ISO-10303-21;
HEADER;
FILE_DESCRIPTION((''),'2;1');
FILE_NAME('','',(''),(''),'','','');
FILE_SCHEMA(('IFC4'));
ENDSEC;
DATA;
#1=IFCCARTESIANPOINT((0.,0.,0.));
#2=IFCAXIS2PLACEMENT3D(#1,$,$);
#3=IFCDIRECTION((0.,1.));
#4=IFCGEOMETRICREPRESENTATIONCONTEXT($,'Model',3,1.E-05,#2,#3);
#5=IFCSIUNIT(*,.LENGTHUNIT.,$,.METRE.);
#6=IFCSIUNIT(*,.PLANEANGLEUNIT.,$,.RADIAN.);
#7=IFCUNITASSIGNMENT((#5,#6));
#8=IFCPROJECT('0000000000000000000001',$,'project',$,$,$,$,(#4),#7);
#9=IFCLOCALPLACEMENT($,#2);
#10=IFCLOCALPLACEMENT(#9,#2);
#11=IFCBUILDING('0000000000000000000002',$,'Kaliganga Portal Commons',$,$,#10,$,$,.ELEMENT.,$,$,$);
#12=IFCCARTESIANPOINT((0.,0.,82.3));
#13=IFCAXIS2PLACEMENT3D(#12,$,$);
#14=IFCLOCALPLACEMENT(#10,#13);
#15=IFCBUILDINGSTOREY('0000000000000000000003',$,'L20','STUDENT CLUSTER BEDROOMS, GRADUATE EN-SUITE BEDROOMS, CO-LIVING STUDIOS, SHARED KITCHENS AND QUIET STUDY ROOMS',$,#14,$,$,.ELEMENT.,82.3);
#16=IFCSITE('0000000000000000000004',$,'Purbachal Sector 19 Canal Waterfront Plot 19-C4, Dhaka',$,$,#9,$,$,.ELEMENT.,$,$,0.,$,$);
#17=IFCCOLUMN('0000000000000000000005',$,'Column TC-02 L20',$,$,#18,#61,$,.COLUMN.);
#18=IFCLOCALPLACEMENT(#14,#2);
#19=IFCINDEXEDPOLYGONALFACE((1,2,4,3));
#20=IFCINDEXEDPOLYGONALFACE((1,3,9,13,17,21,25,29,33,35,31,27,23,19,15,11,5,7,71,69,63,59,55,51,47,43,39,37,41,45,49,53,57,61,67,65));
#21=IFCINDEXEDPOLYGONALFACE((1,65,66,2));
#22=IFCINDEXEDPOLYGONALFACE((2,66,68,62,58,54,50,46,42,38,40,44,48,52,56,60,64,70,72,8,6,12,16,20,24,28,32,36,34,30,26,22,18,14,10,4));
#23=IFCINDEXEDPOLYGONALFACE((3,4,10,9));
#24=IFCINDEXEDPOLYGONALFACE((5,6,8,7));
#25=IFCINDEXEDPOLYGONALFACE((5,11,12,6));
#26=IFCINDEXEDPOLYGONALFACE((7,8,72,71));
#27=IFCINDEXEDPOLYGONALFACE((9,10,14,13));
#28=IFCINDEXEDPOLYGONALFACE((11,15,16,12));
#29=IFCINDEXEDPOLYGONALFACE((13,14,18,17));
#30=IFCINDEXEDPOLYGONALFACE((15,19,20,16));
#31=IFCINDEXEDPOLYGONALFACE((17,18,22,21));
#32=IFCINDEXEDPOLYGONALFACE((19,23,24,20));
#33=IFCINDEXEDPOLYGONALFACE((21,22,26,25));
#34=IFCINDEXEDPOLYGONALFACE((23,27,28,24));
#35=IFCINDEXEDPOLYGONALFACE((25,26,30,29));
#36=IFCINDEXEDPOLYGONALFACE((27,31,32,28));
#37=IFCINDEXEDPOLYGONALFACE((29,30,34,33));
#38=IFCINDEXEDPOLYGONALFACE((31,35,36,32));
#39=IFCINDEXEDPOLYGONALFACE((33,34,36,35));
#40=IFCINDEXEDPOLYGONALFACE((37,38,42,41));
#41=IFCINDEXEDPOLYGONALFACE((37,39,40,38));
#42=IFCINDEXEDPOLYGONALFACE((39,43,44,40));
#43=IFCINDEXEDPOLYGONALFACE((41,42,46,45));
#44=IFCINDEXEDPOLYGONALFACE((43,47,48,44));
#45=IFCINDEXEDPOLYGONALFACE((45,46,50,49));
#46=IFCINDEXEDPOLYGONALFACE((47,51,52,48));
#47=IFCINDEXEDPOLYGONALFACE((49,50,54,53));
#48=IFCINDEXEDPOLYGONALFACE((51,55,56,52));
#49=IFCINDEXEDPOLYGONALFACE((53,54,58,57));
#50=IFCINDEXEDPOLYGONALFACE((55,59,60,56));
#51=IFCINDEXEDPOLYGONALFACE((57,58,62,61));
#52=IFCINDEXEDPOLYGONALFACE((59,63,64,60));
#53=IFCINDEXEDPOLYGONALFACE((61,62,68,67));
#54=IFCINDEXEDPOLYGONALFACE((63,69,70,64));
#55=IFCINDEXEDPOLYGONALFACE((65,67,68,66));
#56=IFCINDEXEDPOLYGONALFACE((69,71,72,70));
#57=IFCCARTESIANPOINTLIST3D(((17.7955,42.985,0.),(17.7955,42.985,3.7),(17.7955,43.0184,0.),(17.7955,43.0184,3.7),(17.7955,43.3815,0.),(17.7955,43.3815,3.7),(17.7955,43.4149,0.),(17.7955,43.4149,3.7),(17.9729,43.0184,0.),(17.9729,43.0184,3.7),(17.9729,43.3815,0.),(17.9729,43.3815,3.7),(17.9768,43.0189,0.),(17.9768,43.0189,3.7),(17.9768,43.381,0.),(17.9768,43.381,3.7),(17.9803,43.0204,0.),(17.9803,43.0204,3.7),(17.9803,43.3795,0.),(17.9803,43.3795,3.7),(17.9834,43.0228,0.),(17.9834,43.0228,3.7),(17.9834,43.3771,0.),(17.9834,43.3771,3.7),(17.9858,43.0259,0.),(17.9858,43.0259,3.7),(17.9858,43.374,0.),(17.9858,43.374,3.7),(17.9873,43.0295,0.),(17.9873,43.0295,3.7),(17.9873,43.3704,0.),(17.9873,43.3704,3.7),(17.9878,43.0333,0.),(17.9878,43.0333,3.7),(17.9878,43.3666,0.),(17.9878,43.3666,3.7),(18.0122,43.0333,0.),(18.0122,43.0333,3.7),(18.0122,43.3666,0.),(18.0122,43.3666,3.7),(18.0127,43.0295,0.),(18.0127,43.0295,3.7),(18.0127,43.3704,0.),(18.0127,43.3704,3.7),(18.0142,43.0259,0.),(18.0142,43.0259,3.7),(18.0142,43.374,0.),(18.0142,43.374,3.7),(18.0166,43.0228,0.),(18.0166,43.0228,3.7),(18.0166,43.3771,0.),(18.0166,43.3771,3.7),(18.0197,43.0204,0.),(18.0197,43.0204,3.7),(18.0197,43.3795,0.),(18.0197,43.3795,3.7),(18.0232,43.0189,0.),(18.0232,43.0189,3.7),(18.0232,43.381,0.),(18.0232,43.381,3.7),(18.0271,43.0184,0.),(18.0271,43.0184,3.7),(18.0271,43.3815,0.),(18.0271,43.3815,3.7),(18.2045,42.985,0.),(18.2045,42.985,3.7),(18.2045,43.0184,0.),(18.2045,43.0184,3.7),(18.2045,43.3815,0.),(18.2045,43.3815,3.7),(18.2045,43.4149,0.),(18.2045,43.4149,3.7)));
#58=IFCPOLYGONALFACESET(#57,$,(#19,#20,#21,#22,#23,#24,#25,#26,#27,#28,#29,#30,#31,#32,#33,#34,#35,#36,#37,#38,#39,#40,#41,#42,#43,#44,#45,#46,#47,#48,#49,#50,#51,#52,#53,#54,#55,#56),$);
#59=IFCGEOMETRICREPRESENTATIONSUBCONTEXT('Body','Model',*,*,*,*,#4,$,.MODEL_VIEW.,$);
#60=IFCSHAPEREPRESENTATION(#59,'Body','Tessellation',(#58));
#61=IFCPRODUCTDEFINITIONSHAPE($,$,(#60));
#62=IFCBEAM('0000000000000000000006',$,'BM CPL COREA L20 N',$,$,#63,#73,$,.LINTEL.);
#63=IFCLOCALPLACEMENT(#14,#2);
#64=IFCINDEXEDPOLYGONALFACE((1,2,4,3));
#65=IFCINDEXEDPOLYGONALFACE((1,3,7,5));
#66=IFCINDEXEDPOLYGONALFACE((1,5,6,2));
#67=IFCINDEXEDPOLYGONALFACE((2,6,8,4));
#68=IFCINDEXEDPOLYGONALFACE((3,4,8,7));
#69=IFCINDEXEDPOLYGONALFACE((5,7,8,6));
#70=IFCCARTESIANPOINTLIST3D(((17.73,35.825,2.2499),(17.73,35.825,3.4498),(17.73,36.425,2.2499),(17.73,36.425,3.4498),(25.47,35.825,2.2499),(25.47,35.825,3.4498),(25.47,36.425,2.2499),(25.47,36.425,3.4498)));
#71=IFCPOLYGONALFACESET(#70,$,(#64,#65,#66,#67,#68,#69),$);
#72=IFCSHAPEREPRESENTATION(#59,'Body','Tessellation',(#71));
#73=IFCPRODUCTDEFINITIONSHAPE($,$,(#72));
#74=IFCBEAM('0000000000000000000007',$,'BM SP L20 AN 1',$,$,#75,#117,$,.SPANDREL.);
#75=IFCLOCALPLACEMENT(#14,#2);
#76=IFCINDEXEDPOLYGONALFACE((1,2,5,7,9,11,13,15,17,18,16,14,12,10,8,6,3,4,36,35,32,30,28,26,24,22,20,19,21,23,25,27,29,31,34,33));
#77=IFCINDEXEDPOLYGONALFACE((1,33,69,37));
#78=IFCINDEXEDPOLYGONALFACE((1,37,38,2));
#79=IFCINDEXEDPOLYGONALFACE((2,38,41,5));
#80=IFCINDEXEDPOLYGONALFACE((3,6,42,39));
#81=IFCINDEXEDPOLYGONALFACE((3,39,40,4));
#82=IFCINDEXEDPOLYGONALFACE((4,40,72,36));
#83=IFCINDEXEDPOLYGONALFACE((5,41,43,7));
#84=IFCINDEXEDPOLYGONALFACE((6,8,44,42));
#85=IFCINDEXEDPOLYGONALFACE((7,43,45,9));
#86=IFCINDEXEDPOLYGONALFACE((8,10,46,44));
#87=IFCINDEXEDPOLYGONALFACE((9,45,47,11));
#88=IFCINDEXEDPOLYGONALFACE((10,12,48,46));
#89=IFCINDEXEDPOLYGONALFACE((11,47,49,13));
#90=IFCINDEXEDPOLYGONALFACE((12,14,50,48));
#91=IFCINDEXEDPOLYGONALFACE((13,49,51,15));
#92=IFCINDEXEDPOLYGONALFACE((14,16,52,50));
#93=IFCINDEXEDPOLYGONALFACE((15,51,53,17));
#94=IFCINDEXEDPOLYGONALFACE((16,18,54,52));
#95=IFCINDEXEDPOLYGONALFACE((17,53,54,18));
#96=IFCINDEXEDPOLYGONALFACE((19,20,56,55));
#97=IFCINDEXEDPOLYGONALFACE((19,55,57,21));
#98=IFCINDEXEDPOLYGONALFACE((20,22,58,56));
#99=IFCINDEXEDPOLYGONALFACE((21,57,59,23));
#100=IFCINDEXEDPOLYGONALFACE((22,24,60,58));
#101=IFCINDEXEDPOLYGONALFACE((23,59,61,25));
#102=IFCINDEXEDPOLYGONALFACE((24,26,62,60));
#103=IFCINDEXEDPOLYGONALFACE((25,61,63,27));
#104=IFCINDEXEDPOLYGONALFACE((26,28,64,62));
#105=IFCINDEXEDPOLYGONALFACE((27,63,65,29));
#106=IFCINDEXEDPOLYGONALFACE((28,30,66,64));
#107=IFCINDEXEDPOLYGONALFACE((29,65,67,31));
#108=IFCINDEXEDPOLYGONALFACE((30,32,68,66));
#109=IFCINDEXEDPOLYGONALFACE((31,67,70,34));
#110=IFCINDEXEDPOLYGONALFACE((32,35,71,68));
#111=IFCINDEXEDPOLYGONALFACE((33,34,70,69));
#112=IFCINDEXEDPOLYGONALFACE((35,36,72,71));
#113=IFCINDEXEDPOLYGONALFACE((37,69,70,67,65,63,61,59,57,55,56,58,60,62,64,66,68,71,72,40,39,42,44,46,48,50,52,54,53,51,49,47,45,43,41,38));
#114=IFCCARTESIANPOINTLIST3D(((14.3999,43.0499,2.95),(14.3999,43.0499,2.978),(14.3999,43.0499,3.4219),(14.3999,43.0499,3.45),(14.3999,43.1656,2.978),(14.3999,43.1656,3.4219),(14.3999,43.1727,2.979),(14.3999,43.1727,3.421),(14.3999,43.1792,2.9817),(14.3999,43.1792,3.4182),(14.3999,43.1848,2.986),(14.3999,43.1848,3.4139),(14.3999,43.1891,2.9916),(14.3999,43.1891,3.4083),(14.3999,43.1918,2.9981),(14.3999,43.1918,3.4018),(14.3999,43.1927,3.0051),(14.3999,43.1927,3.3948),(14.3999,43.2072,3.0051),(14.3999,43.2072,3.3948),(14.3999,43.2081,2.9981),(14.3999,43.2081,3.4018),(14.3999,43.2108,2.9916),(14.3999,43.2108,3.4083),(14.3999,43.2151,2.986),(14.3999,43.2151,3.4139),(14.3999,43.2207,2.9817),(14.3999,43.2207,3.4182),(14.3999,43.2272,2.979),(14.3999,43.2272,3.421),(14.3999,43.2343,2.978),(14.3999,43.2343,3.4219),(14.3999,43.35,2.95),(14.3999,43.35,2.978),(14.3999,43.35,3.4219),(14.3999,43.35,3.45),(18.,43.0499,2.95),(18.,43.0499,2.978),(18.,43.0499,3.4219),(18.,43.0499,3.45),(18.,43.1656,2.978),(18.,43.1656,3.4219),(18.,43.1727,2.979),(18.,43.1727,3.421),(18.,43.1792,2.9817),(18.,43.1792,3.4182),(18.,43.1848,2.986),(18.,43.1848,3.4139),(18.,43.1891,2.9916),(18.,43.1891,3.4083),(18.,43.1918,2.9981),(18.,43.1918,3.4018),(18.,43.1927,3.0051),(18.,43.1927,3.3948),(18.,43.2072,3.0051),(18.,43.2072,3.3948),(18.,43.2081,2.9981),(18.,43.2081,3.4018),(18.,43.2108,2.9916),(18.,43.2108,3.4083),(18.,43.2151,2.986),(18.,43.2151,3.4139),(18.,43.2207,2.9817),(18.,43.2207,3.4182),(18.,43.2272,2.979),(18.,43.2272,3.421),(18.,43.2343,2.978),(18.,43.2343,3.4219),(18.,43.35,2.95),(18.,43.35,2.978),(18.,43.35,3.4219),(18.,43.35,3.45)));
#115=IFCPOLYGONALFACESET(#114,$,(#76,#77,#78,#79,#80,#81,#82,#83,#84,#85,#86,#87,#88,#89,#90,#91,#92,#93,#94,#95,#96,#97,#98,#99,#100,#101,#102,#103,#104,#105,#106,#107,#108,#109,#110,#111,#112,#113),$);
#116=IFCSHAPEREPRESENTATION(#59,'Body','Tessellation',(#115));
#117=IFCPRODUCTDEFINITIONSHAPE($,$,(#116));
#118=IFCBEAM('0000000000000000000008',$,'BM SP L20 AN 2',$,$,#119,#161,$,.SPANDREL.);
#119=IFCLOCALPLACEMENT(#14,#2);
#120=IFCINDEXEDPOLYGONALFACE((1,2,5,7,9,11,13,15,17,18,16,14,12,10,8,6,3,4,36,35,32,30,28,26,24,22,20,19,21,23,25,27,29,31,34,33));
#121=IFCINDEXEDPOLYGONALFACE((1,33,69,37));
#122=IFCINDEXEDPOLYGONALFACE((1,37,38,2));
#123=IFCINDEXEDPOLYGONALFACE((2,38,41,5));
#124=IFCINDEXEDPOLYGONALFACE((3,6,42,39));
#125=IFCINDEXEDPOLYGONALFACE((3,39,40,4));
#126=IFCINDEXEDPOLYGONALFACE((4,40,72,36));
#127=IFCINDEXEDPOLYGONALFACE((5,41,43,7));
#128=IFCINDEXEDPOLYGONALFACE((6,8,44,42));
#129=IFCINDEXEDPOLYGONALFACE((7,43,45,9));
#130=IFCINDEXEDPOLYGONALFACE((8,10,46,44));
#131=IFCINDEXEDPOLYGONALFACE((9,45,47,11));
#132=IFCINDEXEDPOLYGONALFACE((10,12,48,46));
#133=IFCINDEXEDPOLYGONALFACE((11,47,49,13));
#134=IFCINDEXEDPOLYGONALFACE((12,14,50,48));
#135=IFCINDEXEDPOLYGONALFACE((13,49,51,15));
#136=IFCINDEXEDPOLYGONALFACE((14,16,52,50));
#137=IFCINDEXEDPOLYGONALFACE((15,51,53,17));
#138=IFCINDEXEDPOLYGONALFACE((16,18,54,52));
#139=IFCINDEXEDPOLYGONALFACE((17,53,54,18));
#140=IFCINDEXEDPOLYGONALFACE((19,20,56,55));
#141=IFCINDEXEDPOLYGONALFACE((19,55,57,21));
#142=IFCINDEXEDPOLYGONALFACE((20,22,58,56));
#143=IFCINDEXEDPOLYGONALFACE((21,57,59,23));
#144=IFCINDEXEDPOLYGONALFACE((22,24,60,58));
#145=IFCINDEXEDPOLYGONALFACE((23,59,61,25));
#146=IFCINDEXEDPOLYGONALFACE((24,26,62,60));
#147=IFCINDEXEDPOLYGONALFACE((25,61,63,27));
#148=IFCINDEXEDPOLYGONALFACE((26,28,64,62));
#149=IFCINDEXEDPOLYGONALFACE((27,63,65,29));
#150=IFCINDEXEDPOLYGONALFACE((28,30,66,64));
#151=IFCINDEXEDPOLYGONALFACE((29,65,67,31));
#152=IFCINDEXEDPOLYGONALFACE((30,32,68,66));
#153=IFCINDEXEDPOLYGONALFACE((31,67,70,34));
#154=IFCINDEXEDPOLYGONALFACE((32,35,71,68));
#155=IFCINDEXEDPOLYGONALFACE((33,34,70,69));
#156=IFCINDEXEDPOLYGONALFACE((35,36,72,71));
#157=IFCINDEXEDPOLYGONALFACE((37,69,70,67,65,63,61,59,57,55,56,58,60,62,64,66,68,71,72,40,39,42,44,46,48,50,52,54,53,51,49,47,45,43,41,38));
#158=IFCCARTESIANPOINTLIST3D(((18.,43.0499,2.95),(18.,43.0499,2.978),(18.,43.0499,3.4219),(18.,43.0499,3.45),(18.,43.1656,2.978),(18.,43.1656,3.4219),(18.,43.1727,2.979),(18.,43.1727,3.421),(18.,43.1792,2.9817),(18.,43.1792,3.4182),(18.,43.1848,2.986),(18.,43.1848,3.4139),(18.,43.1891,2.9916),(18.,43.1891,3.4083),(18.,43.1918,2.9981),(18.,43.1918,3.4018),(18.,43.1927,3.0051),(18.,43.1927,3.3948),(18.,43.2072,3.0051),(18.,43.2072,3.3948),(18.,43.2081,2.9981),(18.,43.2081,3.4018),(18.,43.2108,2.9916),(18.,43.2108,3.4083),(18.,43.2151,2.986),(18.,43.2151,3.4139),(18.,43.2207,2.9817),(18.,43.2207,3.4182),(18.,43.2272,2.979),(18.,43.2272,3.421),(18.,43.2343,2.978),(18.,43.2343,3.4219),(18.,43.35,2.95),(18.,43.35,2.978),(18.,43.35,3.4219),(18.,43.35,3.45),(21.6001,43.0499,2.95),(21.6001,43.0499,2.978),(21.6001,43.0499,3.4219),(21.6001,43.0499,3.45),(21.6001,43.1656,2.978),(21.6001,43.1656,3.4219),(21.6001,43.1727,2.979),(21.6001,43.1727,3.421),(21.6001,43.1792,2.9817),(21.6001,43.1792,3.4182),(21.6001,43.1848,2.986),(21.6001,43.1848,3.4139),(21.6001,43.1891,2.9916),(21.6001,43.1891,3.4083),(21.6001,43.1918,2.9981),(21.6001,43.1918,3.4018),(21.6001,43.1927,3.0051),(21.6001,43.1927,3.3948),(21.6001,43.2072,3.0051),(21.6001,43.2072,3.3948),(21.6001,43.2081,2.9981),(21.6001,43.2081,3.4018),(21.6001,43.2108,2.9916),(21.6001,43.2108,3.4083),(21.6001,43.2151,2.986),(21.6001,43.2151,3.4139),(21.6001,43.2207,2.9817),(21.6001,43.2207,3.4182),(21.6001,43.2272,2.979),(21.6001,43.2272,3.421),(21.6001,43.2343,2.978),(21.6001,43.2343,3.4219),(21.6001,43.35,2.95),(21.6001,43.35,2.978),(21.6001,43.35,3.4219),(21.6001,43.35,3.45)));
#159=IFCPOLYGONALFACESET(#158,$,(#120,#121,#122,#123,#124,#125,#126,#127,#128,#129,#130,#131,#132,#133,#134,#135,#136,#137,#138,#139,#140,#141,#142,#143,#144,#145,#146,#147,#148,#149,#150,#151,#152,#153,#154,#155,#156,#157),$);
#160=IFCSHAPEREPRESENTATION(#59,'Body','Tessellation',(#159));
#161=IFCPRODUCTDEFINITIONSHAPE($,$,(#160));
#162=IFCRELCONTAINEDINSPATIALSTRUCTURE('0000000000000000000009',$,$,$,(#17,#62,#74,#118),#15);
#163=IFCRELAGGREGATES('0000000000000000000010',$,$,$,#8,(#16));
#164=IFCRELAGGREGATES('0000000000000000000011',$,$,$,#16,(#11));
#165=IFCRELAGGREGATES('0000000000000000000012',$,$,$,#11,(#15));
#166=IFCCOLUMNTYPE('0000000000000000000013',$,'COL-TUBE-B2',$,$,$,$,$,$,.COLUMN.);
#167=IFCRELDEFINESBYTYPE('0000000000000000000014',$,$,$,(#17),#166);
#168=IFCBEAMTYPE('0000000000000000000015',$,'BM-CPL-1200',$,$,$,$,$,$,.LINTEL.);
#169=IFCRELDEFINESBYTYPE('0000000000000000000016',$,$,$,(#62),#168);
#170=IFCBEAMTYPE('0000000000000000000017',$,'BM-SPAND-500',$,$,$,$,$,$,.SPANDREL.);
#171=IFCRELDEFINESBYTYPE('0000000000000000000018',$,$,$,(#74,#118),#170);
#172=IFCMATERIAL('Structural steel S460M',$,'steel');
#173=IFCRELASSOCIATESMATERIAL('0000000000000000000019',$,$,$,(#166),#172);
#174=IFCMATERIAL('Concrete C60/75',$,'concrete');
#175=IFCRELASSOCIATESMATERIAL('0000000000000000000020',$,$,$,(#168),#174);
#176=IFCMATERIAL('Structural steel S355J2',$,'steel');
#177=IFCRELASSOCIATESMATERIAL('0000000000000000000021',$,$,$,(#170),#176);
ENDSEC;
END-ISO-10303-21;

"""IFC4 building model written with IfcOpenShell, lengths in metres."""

from ifc_helpers import new_model, si_unit, direction, frame, origin, origin_2d, place, context, subcontext, project, spatial, rectangle, i_section, extrude, source, transform, mapped, material, material_profile, profile_set, type_object, element, save


model = new_model("IFC4")

# Units and contexts
model_context = context("Model", 3, precision=1e-05, world=origin(), true_north=direction((0.0, 1.0)))
body_context = subcontext(model_context, "Body", "Model", "MODEL_VIEW")
ifc_project = project(units=[si_unit("LENGTHUNIT", "METRE"), si_unit("PLANEANGLEUNIT", "RADIAN")], contexts=[model_context])

# Site, building, storey
site_placement = place(None, origin())
site = spatial("IfcSite", under=ifc_project, at=site_placement, Name="Purbachal Sector 19 Canal Waterfront Plot 19-C4, Dhaka", CompositionType="ELEMENT", RefElevation=0.0)
building_placement = place(site_placement, origin())
building = spatial("IfcBuilding", under=site, at=building_placement, Name="Kaliganga Portal Commons", CompositionType="ELEMENT")
storey_placement = place(building_placement, frame((0.0, 0.0, 82.3)))
storey = spatial("IfcBuildingStorey", under=building, at=storey_placement, Name="L20", Description="STUDENT CLUSTER BEDROOMS, GRADUATE EN-SUITE BEDROOMS, CO-LIVING STUDIOS, SHARED KITCHENS AND QUIET STUDY ROOMS", CompositionType="ELEMENT", Elevation=82.3)

# Column
ifc_material_1 = material(Name="Structural steel S460M", Category="steel")
ifc_material_profile_1 = material_profile(ifc_material_1, i_section(OverallWidth=0.4089, OverallDepth=0.4299, WebThickness=0.0244, FlangeThickness=0.0334, FilletRadius=0.0149, at=origin_2d()), Name="HD 400x421")
ifc_profile_set_1 = profile_set([ifc_material_profile_1], Name="Structural steel S460M wide-flange")
column_type = type_object("IfcColumnType", Name="COL-TUBE-B2", PredefinedType="COLUMN", material=ifc_profile_set_1)
shared_shape_1 = source(origin(), body_context, "Body", "SweptSolid", [
    extrude(i_section(OverallWidth=0.4089, OverallDepth=0.4299, WebThickness=0.0244, FlangeThickness=0.0334, FilletRadius=0.0149, at=origin_2d()), origin(), (0.0, 0.0, 1.0), 3.7),
])
column_placement = place(storey_placement, frame((18.0, 43.2, 0.0), z_axis=(0.0, 0.0, 1.0), x_axis=(1.0, 0.0, 0.0)))
element("IfcColumn", 1, at=column_placement, inside=storey, type_object=column_type, Name="Column TC-02 L20", PredefinedType="COLUMN", context=body_context, shape_type="MappedRepresentation", body=[
    mapped(shared_shape_1, transform((0.0, 0.0, 0.0), x_axis=(1.0, 0.0, 0.0), y_axis=(0.0, 1.0, 0.0), z_axis=(0.0, 0.0, 1.0), scale=1.0)),
])

# Beams
ifc_material_2 = material(Name="Concrete C60/75", Category="concrete")
ifc_material_profile_2 = material_profile(ifc_material_2, rectangle(XDim=0.6001, YDim=1.2, at=origin_2d()), Name="RC 600x1200")
ifc_profile_set_2 = profile_set([ifc_material_profile_2], Name="Concrete C60/75")
beam_type_1 = type_object("IfcBeamType", Name="BM-CPL-1200", PredefinedType="LINTEL", material=ifc_profile_set_2)
shared_shape_2 = source(origin(), body_context, "Body", "SweptSolid", [
    extrude(rectangle(XDim=0.6001, YDim=1.2, at=origin_2d()), origin(), (0.0, 0.0, 1.0), 7.74),
])
beam_1_placement = place(storey_placement, frame((17.73, 36.125, 2.8499), z_axis=(1.0, 0.0, 0.0), x_axis=(0.0, 1.0, 0.0)))
element("IfcBeam", 2, at=beam_1_placement, inside=storey, type_object=beam_type_1, Name="BM CPL COREA L20 N", PredefinedType="LINTEL", context=body_context, shape_type="MappedRepresentation", body=[
    mapped(shared_shape_2, transform((0.0, 0.0, 0.0), x_axis=(1.0, 0.0, 0.0), y_axis=(0.0, 1.0, 0.0), z_axis=(0.0, 0.0, 1.0), scale=1.0)),
])
ifc_material_3 = material(Name="Structural steel S355J2", Category="steel")
ifc_material_profile_3 = material_profile(ifc_material_3, i_section(OverallWidth=0.3, OverallDepth=0.5, WebThickness=0.0144, FlangeThickness=0.0281, FilletRadius=0.0271, at=origin_2d()), Name="HE 500 B")
ifc_profile_set_3 = profile_set([ifc_material_profile_3], Name="Structural steel S355J2 wide-flange")
beam_type_2 = type_object("IfcBeamType", Name="BM-SPAND-500", PredefinedType="SPANDREL", material=ifc_profile_set_3)
shared_shape_3 = source(origin(), body_context, "Body", "SweptSolid", [
    extrude(i_section(OverallWidth=0.3, OverallDepth=0.5, WebThickness=0.0144, FlangeThickness=0.0281, FilletRadius=0.0271, at=origin_2d()), origin(), (0.0, 0.0, 1.0), 3.6001),
])
for number, where, z_axis, x_axis, name in (
    (3, (14.3999, 43.2, 3.2), (1.0, 0.0, 0.0), (0.0, 1.0, 0.0), "BM SP L20 AN 1"),
    (4, (18.0, 43.2, 3.2), (1.0, 0.0, 0.0), (0.0, 1.0, 0.0), "BM SP L20 AN 2"),
):
    element("IfcBeam", number, at=place(storey_placement, frame(where, z_axis=z_axis, x_axis=x_axis)), inside=storey, type_object=beam_type_2, Name=name, PredefinedType="SPANDREL", context=body_context, shape_type="MappedRepresentation", body=[
        mapped(shared_shape_3, transform((0.0, 0.0, 0.0), x_axis=(1.0, 0.0, 0.0), y_axis=(0.0, 1.0, 0.0), z_axis=(0.0, 0.0, 1.0), scale=1.0)),
    ])

save(model, "model.ifc")
